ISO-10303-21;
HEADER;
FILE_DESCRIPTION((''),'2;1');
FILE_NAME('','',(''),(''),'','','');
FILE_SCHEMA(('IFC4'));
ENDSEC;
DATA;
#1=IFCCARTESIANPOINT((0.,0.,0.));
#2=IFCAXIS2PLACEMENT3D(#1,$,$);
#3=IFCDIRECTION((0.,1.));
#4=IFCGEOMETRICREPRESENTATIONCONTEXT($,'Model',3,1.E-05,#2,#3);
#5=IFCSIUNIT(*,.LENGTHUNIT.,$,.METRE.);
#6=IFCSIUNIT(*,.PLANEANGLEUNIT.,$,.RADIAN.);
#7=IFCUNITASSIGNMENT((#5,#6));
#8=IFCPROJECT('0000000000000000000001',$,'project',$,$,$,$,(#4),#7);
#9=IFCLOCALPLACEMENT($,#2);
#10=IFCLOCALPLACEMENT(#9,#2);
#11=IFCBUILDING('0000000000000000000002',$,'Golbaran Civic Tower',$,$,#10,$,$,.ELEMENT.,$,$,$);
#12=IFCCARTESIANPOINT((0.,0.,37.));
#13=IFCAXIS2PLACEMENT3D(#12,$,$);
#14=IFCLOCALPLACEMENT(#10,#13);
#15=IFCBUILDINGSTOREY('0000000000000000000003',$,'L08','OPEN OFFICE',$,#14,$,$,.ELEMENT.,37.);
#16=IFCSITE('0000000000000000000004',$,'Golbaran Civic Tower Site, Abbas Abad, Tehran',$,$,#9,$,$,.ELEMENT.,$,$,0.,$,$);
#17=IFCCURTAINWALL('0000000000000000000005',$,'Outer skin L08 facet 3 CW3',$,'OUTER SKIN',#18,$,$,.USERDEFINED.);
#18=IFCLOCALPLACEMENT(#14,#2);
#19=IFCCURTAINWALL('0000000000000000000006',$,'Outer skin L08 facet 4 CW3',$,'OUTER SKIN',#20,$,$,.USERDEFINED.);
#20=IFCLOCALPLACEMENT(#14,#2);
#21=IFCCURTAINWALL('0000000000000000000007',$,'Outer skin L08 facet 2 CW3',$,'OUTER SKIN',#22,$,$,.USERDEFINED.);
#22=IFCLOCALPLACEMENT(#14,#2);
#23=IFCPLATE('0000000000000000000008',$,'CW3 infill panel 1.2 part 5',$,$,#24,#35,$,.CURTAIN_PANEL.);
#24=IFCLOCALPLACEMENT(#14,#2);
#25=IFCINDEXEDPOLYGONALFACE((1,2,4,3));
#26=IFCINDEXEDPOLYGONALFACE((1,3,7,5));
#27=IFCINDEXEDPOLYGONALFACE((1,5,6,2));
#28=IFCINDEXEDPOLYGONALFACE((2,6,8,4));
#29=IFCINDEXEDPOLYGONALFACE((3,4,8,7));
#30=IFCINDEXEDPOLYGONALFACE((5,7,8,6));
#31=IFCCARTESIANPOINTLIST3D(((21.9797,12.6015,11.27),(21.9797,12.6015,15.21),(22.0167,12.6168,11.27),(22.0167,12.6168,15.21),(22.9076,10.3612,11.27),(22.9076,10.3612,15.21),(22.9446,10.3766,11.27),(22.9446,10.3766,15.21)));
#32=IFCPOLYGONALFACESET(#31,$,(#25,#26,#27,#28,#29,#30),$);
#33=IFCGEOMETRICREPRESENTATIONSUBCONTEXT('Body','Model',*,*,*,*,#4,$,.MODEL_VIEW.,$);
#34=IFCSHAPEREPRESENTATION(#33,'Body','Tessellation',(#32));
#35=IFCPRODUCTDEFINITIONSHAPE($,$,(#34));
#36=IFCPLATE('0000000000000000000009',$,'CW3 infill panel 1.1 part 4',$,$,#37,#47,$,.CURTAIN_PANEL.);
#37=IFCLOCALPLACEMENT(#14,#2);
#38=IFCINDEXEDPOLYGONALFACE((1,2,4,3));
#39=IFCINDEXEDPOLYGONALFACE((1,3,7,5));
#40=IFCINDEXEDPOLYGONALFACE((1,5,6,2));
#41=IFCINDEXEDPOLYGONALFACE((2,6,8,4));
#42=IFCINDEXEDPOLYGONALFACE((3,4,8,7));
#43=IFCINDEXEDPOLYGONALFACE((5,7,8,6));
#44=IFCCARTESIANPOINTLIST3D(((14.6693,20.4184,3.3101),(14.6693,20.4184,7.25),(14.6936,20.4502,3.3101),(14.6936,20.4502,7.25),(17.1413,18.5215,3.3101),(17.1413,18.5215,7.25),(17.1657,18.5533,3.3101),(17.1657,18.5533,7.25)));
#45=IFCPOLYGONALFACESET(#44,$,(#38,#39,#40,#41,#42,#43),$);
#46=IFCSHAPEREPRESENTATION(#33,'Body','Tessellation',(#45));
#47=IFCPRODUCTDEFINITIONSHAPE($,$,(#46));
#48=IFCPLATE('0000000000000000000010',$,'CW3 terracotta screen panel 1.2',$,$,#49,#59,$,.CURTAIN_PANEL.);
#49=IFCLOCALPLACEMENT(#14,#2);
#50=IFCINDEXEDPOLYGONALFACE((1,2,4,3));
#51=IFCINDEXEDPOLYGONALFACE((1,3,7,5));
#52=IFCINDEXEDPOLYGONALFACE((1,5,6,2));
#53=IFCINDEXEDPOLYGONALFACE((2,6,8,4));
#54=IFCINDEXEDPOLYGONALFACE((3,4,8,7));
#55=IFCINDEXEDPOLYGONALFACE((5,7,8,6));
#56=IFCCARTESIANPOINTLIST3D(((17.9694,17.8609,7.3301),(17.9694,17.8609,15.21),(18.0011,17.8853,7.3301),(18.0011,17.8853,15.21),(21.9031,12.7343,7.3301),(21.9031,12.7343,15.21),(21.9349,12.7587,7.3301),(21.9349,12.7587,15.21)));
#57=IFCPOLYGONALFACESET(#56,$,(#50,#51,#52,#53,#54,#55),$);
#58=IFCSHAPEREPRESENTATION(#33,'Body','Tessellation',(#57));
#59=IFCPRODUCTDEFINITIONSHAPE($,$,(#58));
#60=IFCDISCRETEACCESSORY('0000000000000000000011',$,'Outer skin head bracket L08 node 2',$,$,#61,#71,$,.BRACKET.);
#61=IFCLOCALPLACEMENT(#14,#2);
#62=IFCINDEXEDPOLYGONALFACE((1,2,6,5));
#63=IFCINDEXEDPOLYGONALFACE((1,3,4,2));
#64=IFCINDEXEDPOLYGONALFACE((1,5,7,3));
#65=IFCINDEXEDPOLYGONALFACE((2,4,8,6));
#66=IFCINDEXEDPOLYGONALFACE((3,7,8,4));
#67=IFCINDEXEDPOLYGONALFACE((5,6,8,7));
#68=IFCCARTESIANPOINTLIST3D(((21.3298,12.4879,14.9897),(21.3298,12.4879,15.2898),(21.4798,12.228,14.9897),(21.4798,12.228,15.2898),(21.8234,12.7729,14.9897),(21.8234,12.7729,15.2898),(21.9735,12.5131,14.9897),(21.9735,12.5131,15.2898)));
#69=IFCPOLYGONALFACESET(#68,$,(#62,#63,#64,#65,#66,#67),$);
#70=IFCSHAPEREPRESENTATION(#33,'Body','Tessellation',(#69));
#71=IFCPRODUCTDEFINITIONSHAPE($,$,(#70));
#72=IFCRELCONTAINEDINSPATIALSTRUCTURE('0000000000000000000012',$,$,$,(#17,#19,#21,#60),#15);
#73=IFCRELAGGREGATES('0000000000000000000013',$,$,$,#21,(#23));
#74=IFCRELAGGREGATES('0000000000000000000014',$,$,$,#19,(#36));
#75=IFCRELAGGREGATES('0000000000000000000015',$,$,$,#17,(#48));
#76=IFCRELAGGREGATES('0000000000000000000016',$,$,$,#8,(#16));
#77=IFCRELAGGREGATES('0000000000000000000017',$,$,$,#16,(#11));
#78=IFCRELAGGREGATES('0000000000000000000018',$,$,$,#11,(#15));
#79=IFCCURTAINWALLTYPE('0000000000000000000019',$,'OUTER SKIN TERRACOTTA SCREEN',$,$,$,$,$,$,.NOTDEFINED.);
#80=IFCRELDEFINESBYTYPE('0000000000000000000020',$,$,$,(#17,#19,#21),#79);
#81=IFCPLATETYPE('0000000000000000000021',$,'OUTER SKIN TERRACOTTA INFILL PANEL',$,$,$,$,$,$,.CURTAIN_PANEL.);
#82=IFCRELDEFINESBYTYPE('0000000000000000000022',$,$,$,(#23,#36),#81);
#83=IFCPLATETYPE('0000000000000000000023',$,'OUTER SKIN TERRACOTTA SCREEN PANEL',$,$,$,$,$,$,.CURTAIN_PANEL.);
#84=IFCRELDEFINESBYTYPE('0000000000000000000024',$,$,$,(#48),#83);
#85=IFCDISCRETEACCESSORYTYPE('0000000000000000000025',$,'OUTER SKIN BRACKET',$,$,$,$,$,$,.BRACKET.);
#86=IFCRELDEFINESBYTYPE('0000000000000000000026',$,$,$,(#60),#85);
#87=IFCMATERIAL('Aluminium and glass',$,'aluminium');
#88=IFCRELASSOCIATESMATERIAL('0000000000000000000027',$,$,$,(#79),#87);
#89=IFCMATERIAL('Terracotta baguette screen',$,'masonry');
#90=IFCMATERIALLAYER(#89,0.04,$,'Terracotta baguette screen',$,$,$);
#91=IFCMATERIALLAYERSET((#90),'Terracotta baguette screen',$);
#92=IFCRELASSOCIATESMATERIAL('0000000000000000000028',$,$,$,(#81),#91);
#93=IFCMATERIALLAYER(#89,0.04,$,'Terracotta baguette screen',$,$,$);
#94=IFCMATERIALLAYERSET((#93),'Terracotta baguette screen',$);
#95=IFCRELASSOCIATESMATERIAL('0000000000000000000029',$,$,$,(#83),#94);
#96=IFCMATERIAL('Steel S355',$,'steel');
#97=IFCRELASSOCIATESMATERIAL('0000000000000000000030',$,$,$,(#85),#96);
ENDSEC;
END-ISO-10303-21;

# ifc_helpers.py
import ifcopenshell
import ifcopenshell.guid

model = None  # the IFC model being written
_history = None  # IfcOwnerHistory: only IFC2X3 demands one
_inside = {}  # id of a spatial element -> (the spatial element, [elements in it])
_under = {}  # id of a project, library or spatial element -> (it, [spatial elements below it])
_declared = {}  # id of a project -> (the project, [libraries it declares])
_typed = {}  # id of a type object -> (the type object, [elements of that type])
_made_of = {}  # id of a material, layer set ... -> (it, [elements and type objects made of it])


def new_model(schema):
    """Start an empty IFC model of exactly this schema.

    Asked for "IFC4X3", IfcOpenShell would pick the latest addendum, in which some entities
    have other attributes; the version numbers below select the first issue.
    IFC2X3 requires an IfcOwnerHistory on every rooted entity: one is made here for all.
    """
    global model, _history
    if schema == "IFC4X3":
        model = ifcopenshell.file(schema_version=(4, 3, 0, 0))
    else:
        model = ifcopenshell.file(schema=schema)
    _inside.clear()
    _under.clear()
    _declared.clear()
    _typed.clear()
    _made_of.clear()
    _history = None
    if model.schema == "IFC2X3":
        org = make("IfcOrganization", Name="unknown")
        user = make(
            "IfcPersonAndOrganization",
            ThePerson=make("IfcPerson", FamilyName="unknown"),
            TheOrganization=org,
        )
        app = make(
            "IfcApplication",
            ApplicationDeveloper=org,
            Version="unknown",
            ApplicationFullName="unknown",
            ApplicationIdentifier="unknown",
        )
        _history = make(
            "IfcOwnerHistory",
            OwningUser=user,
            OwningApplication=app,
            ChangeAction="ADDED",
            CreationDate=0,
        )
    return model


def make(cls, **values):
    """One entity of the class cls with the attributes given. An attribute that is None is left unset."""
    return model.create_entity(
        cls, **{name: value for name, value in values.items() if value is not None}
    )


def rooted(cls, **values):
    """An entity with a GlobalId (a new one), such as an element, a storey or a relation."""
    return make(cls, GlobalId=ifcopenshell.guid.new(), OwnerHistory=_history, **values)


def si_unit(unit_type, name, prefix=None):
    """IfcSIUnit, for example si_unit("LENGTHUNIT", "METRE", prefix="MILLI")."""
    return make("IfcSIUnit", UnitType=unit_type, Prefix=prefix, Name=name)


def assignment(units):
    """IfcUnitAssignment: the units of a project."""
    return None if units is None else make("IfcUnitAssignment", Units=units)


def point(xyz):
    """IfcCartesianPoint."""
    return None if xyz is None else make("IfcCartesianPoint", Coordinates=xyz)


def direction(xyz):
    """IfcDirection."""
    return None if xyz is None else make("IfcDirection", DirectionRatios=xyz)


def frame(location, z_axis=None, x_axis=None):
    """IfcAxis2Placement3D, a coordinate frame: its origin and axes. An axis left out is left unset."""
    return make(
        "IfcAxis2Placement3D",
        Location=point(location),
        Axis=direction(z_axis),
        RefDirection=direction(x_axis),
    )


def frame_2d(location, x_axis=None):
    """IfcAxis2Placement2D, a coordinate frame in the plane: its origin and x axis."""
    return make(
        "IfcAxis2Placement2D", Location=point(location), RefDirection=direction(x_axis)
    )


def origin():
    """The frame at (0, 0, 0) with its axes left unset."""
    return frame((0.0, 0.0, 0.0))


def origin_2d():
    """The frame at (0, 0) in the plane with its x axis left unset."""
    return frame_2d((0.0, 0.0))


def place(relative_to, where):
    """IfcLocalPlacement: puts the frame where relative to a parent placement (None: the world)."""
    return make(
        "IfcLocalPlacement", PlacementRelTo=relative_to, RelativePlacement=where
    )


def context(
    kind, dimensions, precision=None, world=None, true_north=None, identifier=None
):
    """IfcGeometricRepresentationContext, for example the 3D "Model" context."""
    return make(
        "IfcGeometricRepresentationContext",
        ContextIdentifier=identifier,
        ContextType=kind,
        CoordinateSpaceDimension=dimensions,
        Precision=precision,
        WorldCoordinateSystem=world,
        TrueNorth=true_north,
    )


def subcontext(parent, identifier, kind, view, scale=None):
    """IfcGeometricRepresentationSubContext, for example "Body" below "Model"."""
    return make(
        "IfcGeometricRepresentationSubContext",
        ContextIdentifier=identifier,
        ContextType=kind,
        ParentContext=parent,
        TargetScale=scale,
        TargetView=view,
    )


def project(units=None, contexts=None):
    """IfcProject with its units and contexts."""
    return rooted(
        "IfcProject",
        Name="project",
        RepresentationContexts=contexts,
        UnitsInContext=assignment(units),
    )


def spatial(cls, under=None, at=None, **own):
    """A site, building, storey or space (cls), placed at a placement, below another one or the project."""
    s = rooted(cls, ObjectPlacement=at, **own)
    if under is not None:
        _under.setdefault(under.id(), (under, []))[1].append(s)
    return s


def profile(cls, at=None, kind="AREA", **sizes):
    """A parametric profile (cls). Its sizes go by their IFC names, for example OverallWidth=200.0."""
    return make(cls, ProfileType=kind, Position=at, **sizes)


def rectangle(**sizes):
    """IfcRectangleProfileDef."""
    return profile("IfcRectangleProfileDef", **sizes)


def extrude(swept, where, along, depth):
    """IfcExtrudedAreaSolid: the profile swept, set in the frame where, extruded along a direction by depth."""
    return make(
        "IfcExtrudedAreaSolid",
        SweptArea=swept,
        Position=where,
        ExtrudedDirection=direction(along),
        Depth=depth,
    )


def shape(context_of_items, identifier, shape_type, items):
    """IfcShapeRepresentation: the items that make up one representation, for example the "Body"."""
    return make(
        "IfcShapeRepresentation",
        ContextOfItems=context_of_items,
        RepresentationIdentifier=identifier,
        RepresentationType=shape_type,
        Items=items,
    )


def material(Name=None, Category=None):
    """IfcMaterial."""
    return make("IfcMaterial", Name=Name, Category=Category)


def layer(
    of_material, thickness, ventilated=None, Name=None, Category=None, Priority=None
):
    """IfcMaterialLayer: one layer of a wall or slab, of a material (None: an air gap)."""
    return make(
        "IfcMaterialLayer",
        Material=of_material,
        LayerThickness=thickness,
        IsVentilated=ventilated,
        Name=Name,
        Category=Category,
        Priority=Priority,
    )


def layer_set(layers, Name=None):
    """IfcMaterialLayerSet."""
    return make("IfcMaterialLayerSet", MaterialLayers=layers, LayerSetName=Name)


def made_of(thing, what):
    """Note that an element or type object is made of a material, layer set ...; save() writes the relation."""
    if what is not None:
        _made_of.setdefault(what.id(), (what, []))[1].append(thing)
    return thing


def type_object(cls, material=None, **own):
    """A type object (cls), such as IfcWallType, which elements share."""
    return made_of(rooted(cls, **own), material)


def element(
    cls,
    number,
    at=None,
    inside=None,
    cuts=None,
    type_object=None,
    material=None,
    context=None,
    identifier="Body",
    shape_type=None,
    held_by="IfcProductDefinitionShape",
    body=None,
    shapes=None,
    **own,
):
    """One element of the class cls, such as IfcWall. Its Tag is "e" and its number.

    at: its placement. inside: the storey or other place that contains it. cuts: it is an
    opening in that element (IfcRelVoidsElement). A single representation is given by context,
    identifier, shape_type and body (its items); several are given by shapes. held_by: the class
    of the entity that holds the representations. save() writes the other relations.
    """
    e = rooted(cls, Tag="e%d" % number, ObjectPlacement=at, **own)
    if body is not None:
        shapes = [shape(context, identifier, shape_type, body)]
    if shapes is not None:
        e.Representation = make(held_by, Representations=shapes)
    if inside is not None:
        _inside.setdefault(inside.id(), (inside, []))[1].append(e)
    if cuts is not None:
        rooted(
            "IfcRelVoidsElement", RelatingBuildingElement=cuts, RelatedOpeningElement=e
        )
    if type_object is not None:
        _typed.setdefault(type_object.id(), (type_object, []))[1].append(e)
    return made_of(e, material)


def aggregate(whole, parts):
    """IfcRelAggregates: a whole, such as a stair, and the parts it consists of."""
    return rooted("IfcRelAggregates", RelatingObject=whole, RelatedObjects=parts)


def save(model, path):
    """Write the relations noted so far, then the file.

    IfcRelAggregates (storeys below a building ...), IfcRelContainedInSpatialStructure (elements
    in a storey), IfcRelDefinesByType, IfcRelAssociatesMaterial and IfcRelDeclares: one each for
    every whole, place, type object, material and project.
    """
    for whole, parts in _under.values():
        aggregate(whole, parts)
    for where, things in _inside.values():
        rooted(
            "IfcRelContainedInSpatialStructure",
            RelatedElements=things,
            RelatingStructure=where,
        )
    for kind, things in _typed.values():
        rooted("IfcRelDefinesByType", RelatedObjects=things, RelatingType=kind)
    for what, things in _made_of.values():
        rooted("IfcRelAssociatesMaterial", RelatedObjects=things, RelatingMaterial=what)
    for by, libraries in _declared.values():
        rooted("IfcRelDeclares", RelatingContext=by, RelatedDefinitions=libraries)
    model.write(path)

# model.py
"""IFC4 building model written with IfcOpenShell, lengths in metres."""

from ifc_helpers import new_model, si_unit, direction, frame, origin, origin_2d, place, context, subcontext, project, spatial, rectangle, extrude, material, layer, layer_set, type_object, element, aggregate, save


model = new_model("IFC4")

# Units and contexts
model_context = context("Model", 3, precision=1e-05, world=origin(), true_north=direction((0.0, 1.0)))
body_context = subcontext(model_context, "Body", "Model", "MODEL_VIEW")
ifc_project = project(units=[si_unit("LENGTHUNIT", "METRE"), si_unit("PLANEANGLEUNIT", "RADIAN")], contexts=[model_context])

# Site, building, storey
site_placement = place(None, origin())
site = spatial("IfcSite", under=ifc_project, at=site_placement, Name="Golbaran Civic Tower Site, Abbas Abad, Tehran", CompositionType="ELEMENT", RefElevation=0.0)
building_placement = place(site_placement, origin())
building = spatial("IfcBuilding", under=site, at=building_placement, Name="Golbaran Civic Tower", CompositionType="ELEMENT")
storey_placement = place(building_placement, frame((0.0, 0.0, 37.0)))
storey = spatial("IfcBuildingStorey", under=building, at=storey_placement, Name="L08", Description="OPEN OFFICE", CompositionType="ELEMENT", Elevation=37.0)

# Curtain walls
ifc_material_1 = material(Name="Aluminium and glass", Category="aluminium")
curtain_wall_type_1 = type_object("IfcCurtainWallType", Name="OUTER SKIN TERRACOTTA SCREEN", PredefinedType="NOTDEFINED", material=ifc_material_1)
curtain_wall_1_placement = place(storey_placement, origin())
curtain_wall_1 = element("IfcCurtainWall", 1, at=curtain_wall_1_placement, inside=storey, type_object=curtain_wall_type_1, Name="Outer skin L08 facet 3 CW3", ObjectType="OUTER SKIN", PredefinedType="USERDEFINED")
curtain_wall_2_placement = place(storey_placement, origin())
curtain_wall_2 = element("IfcCurtainWall", 2, at=curtain_wall_2_placement, inside=storey, type_object=curtain_wall_type_1, Name="Outer skin L08 facet 4 CW3", ObjectType="OUTER SKIN", PredefinedType="USERDEFINED")

# Curtain wall
curtain_wall_3_placement = place(storey_placement, origin())
curtain_wall_3 = element("IfcCurtainWall", 3, at=curtain_wall_3_placement, inside=storey, type_object=curtain_wall_type_1, Name="Outer skin L08 facet 2 CW3", ObjectType="OUTER SKIN", PredefinedType="USERDEFINED")

# Plates
ifc_material_2 = material(Name="Terracotta baguette screen", Category="masonry")
ifc_layer_1 = layer(ifc_material_2, 0.04, Name="Terracotta baguette screen")
ifc_layer_set_1 = layer_set([ifc_layer_1], Name="Terracotta baguette screen")
plate_type_1 = type_object("IfcPlateType", Name="OUTER SKIN TERRACOTTA INFILL PANEL", PredefinedType="CURTAIN_PANEL", material=ifc_layer_set_1)
plate_1_placement = place(storey_placement, frame((22.4622, 11.489, 11.27), z_axis=(0.0, 0.0, 1.0), x_axis=(-0.382683, 0.92388, 0.0)))
plate_1 = element("IfcPlate", 4, at=plate_1_placement, type_object=plate_type_1, Name="CW3 infill panel 1.2 part 5", PredefinedType="CURTAIN_PANEL", context=body_context, shape_type="SweptSolid", body=[
    extrude(rectangle(XDim=2.4248, YDim=0.04, at=origin_2d()), origin(), (0.0, 0.0, 1.0), 3.9399),
])
aggregate(curtain_wall_3, [plate_1])
plate_2_placement = place(storey_placement, frame((15.9175, 19.4858, 3.3101), z_axis=(0.0, 0.0, 1.0), x_axis=(-0.793353, 0.608761, 0.0)))
plate_2 = element("IfcPlate", 5, at=plate_2_placement, type_object=plate_type_1, Name="CW3 infill panel 1.1 part 4", PredefinedType="CURTAIN_PANEL", context=body_context, shape_type="SweptSolid", body=[
    extrude(rectangle(XDim=3.116, YDim=0.04, at=origin_2d()), origin(), (0.0, 0.0, 1.0), 3.9399),
])
aggregate(curtain_wall_2, [plate_2])
ifc_layer_2 = layer(ifc_material_2, 0.04, Name="Terracotta baguette screen")
ifc_layer_set_2 = layer_set([ifc_layer_2], Name="Terracotta baguette screen")
plate_type_2 = type_object("IfcPlateType", Name="OUTER SKIN TERRACOTTA SCREEN PANEL", PredefinedType="CURTAIN_PANEL", material=ifc_layer_set_2)
plate_3_placement = place(storey_placement, frame((19.9521, 15.3098, 7.3301), z_axis=(0.0, 0.0, 1.0), x_axis=(-0.608761, 0.793353, 0.0)))
plate_3 = element("IfcPlate", 6, at=plate_3_placement, type_object=plate_type_2, Name="CW3 terracotta screen panel 1.2", PredefinedType="CURTAIN_PANEL", context=body_context, shape_type="SweptSolid", body=[
    extrude(rectangle(XDim=6.4619, YDim=0.04, at=origin_2d()), origin(), (0.0, 0.0, 1.0), 7.8799),
])
aggregate(curtain_wall_1, [plate_3])

# Discrete accessory
ifc_material_3 = material(Name="Steel S355", Category="steel")
discrete_accessory_type = type_object("IfcDiscreteAccessoryType", Name="OUTER SKIN BRACKET", PredefinedType="BRACKET", material=ifc_material_3)
discrete_accessory_placement = place(storey_placement, frame((21.6516, 12.5005, 14.9897), z_axis=(0.0, 0.0, 1.0), x_axis=(0.866025, 0.5, 0.0)))
element("IfcDiscreteAccessory", 7, at=discrete_accessory_placement, inside=storey, type_object=discrete_accessory_type, Name="Outer skin head bracket L08 node 2", PredefinedType="BRACKET", context=body_context, shape_type="SweptSolid", body=[
    extrude(rectangle(XDim=0.5701, YDim=0.3, at=origin_2d()), origin(), (0.0, 0.0, 1.0), 0.3),
])

save(model, "model.ifc")
